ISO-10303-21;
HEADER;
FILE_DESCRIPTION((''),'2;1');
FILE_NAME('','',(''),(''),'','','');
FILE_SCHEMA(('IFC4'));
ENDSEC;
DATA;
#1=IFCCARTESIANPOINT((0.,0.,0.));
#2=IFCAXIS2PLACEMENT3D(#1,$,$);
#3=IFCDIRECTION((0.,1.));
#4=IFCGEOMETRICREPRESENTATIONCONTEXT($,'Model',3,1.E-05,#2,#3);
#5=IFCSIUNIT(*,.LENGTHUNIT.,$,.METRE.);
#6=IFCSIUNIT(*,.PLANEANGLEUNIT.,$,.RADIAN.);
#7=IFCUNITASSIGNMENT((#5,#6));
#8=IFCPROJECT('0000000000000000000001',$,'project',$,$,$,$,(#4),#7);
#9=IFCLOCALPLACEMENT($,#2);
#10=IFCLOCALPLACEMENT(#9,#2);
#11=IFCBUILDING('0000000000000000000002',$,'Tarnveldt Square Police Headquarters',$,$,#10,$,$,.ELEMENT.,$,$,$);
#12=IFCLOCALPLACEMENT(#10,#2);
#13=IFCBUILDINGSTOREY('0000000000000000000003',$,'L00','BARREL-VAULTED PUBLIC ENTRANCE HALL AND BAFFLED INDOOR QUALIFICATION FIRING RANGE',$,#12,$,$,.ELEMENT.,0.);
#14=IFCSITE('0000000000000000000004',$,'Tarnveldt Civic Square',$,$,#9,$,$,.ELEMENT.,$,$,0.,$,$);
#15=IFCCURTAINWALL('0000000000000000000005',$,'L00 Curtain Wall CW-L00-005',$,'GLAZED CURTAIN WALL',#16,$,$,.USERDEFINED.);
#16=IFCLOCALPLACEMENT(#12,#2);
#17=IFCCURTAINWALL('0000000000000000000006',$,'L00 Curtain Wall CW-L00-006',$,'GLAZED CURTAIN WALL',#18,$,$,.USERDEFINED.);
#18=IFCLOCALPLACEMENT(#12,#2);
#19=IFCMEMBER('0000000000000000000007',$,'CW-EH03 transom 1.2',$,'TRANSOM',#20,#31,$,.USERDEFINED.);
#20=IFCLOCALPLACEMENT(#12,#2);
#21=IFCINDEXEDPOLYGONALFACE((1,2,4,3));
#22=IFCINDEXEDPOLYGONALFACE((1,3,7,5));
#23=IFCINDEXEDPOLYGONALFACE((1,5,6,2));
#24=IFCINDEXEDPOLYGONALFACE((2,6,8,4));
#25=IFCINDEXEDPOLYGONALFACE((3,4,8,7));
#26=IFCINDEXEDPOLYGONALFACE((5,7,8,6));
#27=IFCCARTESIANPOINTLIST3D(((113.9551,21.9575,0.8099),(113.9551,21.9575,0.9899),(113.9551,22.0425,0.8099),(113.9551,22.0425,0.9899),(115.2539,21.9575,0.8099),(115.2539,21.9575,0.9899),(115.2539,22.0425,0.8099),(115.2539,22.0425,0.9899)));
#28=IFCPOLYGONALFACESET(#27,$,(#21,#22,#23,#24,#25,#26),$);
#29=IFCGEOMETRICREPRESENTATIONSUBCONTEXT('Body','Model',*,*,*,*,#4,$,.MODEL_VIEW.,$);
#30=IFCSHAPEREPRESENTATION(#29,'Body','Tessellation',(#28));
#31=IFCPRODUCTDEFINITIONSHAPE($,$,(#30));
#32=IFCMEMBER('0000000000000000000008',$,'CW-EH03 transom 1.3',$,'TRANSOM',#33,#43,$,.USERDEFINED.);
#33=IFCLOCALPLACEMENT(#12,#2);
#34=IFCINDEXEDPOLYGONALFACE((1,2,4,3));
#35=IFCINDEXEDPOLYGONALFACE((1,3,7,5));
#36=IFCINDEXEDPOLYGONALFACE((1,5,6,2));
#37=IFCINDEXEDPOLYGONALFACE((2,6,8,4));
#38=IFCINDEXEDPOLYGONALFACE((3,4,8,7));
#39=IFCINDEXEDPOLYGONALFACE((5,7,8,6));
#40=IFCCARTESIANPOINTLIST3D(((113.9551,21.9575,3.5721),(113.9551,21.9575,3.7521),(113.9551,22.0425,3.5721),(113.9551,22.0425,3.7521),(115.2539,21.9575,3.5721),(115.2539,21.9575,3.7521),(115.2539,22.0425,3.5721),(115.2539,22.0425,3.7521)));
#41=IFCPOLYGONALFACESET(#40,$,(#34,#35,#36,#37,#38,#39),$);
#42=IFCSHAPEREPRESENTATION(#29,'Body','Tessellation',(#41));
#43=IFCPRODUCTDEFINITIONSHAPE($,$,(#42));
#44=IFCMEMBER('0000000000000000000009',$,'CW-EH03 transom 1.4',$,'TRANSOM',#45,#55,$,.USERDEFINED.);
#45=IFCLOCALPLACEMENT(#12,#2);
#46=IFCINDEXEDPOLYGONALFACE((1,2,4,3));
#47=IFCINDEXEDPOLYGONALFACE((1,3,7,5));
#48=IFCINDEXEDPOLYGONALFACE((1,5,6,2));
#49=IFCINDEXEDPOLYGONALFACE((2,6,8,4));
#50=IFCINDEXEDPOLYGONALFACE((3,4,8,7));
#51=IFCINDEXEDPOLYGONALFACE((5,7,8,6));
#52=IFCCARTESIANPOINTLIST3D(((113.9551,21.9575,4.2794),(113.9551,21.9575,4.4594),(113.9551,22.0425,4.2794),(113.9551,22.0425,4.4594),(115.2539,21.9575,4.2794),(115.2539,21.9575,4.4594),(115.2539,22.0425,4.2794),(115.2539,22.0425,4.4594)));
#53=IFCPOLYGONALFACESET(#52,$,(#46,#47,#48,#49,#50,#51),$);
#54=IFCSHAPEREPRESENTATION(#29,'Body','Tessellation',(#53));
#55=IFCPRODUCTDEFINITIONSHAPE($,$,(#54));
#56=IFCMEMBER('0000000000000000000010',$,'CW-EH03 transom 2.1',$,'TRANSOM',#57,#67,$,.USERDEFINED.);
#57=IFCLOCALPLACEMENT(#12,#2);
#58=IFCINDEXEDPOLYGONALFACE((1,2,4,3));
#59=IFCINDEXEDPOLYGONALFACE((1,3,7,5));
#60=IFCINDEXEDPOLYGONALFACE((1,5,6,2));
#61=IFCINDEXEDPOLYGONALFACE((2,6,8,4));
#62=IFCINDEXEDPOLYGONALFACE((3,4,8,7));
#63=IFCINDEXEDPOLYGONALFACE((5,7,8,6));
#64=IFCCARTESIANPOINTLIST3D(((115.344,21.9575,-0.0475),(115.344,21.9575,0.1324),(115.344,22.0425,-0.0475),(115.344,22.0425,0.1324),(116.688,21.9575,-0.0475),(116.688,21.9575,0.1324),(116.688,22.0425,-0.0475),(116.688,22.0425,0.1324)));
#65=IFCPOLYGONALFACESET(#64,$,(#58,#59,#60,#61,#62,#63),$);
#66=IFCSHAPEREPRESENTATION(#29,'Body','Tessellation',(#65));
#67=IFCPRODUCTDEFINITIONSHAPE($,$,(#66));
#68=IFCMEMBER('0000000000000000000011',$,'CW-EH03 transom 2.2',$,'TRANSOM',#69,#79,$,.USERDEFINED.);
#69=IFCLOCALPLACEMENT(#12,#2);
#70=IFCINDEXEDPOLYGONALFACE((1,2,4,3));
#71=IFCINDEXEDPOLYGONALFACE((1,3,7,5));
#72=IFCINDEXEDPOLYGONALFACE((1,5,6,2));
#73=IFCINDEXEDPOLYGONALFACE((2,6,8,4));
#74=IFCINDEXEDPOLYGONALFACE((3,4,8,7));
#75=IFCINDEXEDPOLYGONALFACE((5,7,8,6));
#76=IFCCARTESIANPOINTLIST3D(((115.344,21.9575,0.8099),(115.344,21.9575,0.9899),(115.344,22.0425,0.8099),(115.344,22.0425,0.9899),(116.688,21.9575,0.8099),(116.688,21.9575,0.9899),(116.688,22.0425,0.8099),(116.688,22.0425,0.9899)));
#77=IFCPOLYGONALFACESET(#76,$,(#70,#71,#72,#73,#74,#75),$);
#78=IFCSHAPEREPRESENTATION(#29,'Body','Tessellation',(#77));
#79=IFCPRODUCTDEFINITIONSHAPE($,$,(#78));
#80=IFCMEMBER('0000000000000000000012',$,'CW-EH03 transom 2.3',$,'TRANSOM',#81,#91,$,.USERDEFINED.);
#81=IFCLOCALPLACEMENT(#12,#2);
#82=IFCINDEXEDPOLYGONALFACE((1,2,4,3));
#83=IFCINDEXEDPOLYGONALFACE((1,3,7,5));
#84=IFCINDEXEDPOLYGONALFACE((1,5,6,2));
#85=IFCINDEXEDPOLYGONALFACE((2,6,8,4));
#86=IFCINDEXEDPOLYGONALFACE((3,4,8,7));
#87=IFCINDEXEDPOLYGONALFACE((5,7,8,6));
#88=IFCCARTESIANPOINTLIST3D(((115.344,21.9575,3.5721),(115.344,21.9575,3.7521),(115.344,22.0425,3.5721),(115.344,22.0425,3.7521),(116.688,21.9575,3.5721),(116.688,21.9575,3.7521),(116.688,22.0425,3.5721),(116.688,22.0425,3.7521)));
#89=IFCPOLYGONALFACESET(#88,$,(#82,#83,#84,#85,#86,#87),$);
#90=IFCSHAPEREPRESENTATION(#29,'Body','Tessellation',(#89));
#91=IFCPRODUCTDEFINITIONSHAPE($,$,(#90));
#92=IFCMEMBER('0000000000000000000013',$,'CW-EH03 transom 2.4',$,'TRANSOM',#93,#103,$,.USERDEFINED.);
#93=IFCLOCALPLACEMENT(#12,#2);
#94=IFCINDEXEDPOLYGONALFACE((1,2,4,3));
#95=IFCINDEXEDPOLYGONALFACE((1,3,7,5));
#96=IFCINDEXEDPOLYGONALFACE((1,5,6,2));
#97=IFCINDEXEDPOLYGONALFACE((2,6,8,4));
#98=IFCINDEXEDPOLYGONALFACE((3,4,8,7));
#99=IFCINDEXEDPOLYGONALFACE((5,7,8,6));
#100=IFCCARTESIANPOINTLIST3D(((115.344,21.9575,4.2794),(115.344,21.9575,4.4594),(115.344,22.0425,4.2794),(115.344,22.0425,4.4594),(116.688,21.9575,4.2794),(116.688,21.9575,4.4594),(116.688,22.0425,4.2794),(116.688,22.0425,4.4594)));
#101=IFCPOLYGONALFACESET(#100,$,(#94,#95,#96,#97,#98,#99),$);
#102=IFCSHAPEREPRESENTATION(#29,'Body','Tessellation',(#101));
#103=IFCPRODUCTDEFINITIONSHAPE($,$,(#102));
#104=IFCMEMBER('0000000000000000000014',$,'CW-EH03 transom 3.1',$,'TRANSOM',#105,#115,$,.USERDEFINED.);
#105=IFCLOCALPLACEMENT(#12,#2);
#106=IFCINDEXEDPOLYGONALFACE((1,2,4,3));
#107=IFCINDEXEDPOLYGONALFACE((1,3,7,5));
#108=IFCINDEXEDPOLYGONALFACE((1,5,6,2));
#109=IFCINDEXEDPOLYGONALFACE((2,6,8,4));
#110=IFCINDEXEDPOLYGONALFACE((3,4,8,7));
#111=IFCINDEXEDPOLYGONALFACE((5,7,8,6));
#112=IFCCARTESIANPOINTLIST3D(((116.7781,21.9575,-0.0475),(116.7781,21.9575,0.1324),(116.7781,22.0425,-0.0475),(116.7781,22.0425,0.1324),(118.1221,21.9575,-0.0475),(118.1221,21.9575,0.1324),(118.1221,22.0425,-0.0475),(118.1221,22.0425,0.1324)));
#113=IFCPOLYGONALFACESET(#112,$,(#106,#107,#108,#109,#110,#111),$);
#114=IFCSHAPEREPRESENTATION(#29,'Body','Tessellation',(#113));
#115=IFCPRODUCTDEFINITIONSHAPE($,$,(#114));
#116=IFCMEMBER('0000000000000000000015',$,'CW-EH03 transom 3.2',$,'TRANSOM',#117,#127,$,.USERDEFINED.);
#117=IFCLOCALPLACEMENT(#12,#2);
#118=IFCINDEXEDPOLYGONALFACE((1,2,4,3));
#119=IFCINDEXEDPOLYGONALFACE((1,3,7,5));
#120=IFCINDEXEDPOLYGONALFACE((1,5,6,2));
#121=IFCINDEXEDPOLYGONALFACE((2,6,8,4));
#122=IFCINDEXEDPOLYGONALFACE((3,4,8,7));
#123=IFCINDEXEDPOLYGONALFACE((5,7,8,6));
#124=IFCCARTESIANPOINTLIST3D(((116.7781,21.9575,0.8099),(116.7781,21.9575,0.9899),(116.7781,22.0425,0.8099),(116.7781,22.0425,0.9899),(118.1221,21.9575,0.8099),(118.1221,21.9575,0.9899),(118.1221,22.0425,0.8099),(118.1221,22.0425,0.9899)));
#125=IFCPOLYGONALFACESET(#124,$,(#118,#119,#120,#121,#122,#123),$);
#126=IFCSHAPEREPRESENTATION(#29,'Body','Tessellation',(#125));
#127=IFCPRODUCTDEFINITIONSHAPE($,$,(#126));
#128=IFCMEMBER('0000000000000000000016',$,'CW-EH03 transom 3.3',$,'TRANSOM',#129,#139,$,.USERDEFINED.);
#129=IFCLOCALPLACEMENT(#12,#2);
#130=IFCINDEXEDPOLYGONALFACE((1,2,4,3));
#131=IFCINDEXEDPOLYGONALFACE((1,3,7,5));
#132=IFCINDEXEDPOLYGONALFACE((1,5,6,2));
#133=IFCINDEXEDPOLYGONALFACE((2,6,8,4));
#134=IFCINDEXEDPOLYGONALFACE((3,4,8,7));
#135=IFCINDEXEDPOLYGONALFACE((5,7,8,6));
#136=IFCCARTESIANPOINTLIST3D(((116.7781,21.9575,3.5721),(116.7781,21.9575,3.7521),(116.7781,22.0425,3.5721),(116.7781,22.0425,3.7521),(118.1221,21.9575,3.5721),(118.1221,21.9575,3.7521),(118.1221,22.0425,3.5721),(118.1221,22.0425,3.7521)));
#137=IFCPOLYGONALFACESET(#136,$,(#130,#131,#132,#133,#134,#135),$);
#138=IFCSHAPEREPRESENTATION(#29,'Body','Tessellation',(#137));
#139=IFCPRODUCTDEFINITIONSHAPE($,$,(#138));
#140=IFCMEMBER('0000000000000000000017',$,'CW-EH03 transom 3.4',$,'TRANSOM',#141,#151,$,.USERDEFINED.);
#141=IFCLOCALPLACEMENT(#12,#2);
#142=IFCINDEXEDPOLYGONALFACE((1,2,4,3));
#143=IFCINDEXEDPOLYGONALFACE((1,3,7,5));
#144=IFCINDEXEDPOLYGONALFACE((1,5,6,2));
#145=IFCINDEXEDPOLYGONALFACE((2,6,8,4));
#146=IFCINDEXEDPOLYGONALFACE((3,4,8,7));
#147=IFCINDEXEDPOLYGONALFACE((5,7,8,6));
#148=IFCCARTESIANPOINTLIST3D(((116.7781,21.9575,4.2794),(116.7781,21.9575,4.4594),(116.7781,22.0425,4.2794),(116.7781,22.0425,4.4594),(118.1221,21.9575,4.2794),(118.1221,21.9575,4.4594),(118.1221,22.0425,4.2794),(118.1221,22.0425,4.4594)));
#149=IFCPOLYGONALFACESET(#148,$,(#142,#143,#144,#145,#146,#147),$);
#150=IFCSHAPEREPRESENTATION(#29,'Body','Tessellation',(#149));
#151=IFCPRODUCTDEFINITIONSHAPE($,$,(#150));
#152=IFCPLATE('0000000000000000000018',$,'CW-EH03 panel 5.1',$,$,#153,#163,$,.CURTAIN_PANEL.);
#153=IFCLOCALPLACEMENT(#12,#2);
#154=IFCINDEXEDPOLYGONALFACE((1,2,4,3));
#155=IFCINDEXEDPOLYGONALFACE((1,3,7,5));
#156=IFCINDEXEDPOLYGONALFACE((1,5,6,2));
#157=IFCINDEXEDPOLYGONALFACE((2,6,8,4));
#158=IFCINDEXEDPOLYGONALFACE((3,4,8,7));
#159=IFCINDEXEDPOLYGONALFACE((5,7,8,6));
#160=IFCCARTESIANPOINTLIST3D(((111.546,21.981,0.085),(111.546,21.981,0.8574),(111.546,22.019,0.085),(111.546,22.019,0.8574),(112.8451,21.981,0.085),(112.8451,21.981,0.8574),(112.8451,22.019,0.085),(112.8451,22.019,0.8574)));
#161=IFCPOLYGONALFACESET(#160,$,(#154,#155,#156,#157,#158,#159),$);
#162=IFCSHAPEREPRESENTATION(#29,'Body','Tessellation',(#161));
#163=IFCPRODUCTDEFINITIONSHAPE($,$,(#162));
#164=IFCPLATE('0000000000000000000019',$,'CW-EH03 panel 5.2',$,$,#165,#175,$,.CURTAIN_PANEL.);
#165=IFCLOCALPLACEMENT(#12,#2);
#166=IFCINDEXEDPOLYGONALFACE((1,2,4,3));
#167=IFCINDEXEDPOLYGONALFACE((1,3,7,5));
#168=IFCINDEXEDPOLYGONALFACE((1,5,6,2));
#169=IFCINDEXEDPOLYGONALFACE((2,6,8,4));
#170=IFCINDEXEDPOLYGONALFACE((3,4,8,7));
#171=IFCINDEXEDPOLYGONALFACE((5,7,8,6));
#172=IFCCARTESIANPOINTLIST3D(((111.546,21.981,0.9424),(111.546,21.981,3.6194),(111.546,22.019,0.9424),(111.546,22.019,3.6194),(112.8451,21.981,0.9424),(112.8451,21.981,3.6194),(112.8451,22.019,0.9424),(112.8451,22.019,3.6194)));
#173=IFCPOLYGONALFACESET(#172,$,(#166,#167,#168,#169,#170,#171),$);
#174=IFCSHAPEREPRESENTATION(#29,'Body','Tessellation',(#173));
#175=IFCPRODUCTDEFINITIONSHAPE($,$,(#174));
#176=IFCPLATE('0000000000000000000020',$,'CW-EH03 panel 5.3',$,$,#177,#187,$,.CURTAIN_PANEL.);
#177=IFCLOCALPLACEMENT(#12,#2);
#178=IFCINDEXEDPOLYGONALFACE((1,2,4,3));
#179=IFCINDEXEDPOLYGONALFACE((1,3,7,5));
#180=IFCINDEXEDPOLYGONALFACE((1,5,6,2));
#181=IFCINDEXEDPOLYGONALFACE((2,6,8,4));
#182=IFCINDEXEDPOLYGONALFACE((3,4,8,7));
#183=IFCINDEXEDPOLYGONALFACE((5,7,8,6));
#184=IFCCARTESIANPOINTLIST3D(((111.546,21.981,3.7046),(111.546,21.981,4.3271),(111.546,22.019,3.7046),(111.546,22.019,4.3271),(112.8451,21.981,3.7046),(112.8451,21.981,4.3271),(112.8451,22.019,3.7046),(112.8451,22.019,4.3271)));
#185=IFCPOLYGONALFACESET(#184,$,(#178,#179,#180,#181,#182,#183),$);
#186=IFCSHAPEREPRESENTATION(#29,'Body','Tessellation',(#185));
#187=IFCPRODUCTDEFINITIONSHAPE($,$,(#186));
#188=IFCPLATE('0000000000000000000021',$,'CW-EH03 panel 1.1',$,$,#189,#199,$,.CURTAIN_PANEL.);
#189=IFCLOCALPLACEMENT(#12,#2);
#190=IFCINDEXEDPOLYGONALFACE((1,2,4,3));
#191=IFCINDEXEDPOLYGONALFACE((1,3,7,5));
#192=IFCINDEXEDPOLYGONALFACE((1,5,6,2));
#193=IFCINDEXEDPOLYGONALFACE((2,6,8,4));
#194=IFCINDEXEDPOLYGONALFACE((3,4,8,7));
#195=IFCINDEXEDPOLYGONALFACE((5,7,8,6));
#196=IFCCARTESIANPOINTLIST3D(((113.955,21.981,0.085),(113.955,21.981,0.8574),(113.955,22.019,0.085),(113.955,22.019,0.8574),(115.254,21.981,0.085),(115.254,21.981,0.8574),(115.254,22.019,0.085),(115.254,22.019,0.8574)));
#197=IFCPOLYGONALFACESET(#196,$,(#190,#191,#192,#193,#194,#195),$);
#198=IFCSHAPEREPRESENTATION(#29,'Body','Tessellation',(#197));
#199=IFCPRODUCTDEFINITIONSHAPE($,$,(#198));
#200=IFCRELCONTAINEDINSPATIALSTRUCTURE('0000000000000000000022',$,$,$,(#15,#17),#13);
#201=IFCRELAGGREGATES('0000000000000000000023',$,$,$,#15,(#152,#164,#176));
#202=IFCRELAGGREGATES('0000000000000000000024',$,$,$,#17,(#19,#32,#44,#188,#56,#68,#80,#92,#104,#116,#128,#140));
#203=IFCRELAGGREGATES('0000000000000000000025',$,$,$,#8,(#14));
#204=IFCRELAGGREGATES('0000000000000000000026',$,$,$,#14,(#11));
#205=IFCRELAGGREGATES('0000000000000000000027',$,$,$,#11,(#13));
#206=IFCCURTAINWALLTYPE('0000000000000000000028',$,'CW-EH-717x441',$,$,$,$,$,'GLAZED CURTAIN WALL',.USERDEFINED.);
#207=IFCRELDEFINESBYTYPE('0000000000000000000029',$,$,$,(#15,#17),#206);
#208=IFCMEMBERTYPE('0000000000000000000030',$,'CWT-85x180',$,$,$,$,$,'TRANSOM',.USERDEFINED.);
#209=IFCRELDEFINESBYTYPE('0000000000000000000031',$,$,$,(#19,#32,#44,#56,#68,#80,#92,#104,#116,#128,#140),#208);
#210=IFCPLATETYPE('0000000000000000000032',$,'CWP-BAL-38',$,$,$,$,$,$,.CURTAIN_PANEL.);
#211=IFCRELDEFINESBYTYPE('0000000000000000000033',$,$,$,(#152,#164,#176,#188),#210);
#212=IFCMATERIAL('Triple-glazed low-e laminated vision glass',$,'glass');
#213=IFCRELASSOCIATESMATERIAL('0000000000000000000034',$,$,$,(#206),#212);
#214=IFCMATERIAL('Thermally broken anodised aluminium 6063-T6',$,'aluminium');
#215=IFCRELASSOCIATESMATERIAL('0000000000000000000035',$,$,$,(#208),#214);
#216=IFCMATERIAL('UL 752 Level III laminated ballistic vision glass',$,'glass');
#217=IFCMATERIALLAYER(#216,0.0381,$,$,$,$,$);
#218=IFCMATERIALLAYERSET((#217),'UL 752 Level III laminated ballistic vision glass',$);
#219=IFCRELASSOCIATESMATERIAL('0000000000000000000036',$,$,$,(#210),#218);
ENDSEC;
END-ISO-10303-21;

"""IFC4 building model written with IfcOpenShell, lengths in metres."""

from ifc_helpers import new_model, si_unit, direction, frame, origin, origin_2d, place, context, subcontext, project, spatial, rectangle, extrude, material, layer, layer_set, material_profile, profile_set, type_object, element, aggregate, save


model = new_model("IFC4")

# Units and contexts
model_context = context("Model", 3, precision=1e-05, world=origin(), true_north=direction((0.0, 1.0)))
body_context = subcontext(model_context, "Body", "Model", "MODEL_VIEW")
ifc_project = project(units=[si_unit("LENGTHUNIT", "METRE"), si_unit("PLANEANGLEUNIT", "RADIAN")], contexts=[model_context])

# Site, building, storey
site_placement = place(None, origin())
site = spatial("IfcSite", under=ifc_project, at=site_placement, Name="Tarnveldt Civic Square", CompositionType="ELEMENT", RefElevation=0.0)
building_placement = place(site_placement, origin())
building = spatial("IfcBuilding", under=site, at=building_placement, Name="Tarnveldt Square Police Headquarters", CompositionType="ELEMENT")
storey_placement = place(building_placement, origin())
storey = spatial("IfcBuildingStorey", under=building, at=storey_placement, Name="L00", Description="BARREL-VAULTED PUBLIC ENTRANCE HALL AND BAFFLED INDOOR QUALIFICATION FIRING RANGE", CompositionType="ELEMENT", Elevation=0.0)

# Curtain wall
ifc_material_1 = material(Name="Triple-glazed low-e laminated vision glass", Category="glass")
curtain_wall_type = type_object("IfcCurtainWallType", Name="CW-EH-717x441", ElementType="GLAZED CURTAIN WALL", PredefinedType="USERDEFINED", material=ifc_material_1)
curtain_wall_1_placement = place(storey_placement, origin())
curtain_wall_1 = element("IfcCurtainWall", 1, at=curtain_wall_1_placement, inside=storey, type_object=curtain_wall_type, Name="L00 Curtain Wall CW-L00-005", ObjectType="GLAZED CURTAIN WALL", PredefinedType="USERDEFINED")
ifc_material_2 = material(Name="Thermally broken anodised aluminium 6063-T6", Category="aluminium")

# Curtain wall
curtain_wall_2_placement = place(storey_placement, origin())
curtain_wall_2 = element("IfcCurtainWall", 2, at=curtain_wall_2_placement, inside=storey, type_object=curtain_wall_type, Name="L00 Curtain Wall CW-L00-006", ObjectType="GLAZED CURTAIN WALL", PredefinedType="USERDEFINED")

# Members
ifc_material_profile_1 = material_profile(ifc_material_2, rectangle(XDim=0.085, YDim=0.1799, at=origin_2d()), Name="CW-T85x180")
ifc_profile_set_1 = profile_set([ifc_material_profile_1], Name="Thermally broken anodised aluminium 6063-T6")
member_type_1 = type_object("IfcMemberType", Name="CWT-85x180", ElementType="TRANSOM", PredefinedType="USERDEFINED", material=ifc_profile_set_1)
member_1_placement = place(storey_placement, frame((113.9551, 22.0, 0.8999), z_axis=(1.0, 0.0, 0.0), x_axis=(0.0, 1.0, 0.0)))
member_1 = element("IfcMember", 3, at=member_1_placement, type_object=member_type_1, Name="CW-EH03 transom 1.2", ObjectType="TRANSOM", PredefinedType="USERDEFINED", context=body_context, shape_type="SweptSolid", body=[
    extrude(rectangle(XDim=0.085, YDim=0.1799, at=origin_2d()), origin(), (0.0, 0.0, 1.0), 1.2988),
])
member_2_placement = place(storey_placement, frame((113.9551, 22.0, 3.6621), z_axis=(1.0, 0.0, 0.0), x_axis=(0.0, 1.0, 0.0)))
member_2 = element("IfcMember", 4, at=member_2_placement, type_object=member_type_1, Name="CW-EH03 transom 1.3", ObjectType="TRANSOM", PredefinedType="USERDEFINED", context=body_context, shape_type="SweptSolid", body=[
    extrude(rectangle(XDim=0.085, YDim=0.1799, at=origin_2d()), origin(), (0.0, 0.0, 1.0), 1.2988),
])
member_3_placement = place(storey_placement, frame((113.9551, 22.0, 4.3694), z_axis=(1.0, 0.0, 0.0), x_axis=(0.0, 1.0, 0.0)))
member_3 = element("IfcMember", 5, at=member_3_placement, type_object=member_type_1, Name="CW-EH03 transom 1.4", ObjectType="TRANSOM", PredefinedType="USERDEFINED", context=body_context, shape_type="SweptSolid", body=[
    extrude(rectangle(XDim=0.085, YDim=0.1799, at=origin_2d()), origin(), (0.0, 0.0, 1.0), 1.2988),
])
member_4_placement = place(storey_placement, frame((115.344, 22.0, 0.0425), z_axis=(1.0, 0.0, 0.0), x_axis=(0.0, 1.0, 0.0)))
member_4 = element("IfcMember", 6, at=member_4_placement, type_object=member_type_1, Name="CW-EH03 transom 2.1", ObjectType="TRANSOM", PredefinedType="USERDEFINED", context=body_context, shape_type="SweptSolid", body=[
    extrude(rectangle(XDim=0.085, YDim=0.1799, at=origin_2d()), origin(), (0.0, 0.0, 1.0), 1.344),
])
member_5_placement = place(storey_placement, frame((115.344, 22.0, 0.8999), z_axis=(1.0, 0.0, 0.0), x_axis=(0.0, 1.0, 0.0)))
member_5 = element("IfcMember", 7, at=member_5_placement, type_object=member_type_1, Name="CW-EH03 transom 2.2", ObjectType="TRANSOM", PredefinedType="USERDEFINED", context=body_context, shape_type="SweptSolid", body=[
    extrude(rectangle(XDim=0.085, YDim=0.1799, at=origin_2d()), origin(), (0.0, 0.0, 1.0), 1.344),
])
member_6_placement = place(storey_placement, frame((115.344, 22.0, 3.6621), z_axis=(1.0, 0.0, 0.0), x_axis=(0.0, 1.0, 0.0)))
member_6 = element("IfcMember", 8, at=member_6_placement, type_object=member_type_1, Name="CW-EH03 transom 2.3", ObjectType="TRANSOM", PredefinedType="USERDEFINED", context=body_context, shape_type="SweptSolid", body=[
    extrude(rectangle(XDim=0.085, YDim=0.1799, at=origin_2d()), origin(), (0.0, 0.0, 1.0), 1.344),
])
member_7_placement = place(storey_placement, frame((115.344, 22.0, 4.3694), z_axis=(1.0, 0.0, 0.0), x_axis=(0.0, 1.0, 0.0)))
member_7 = element("IfcMember", 9, at=member_7_placement, type_object=member_type_1, Name="CW-EH03 transom 2.4", ObjectType="TRANSOM", PredefinedType="USERDEFINED", context=body_context, shape_type="SweptSolid", body=[
    extrude(rectangle(XDim=0.085, YDim=0.1799, at=origin_2d()), origin(), (0.0, 0.0, 1.0), 1.344),
])
member_8_placement = place(storey_placement, frame((116.7781, 22.0, 0.0425), z_axis=(1.0, 0.0, 0.0), x_axis=(0.0, 1.0, 0.0)))
member_8 = element("IfcMember", 10, at=member_8_placement, type_object=member_type_1, Name="CW-EH03 transom 3.1", ObjectType="TRANSOM", PredefinedType="USERDEFINED", context=body_context, shape_type="SweptSolid", body=[
    extrude(rectangle(XDim=0.085, YDim=0.1799, at=origin_2d()), origin(), (0.0, 0.0, 1.0), 1.344),
])
member_9_placement = place(storey_placement, frame((116.7781, 22.0, 0.8999), z_axis=(1.0, 0.0, 0.0), x_axis=(0.0, 1.0, 0.0)))
member_9 = element("IfcMember", 11, at=member_9_placement, type_object=member_type_1, Name="CW-EH03 transom 3.2", ObjectType="TRANSOM", PredefinedType="USERDEFINED", context=body_context, shape_type="SweptSolid", body=[
    extrude(rectangle(XDim=0.085, YDim=0.1799, at=origin_2d()), origin(), (0.0, 0.0, 1.0), 1.344),
])
member_10_placement = place(storey_placement, frame((116.7781, 22.0, 3.6621), z_axis=(1.0, 0.0, 0.0), x_axis=(0.0, 1.0, 0.0)))
member_10 = element("IfcMember", 12, at=member_10_placement, type_object=member_type_1, Name="CW-EH03 transom 3.3", ObjectType="TRANSOM", PredefinedType="USERDEFINED", context=body_context, shape_type="SweptSolid", body=[
    extrude(rectangle(XDim=0.085, YDim=0.1799, at=origin_2d()), origin(), (0.0, 0.0, 1.0), 1.344),
])
member_11_placement = place(storey_placement, frame((116.7781, 22.0, 4.3694), z_axis=(1.0, 0.0, 0.0), x_axis=(0.0, 1.0, 0.0)))
member_11 = element("IfcMember", 13, at=member_11_placement, type_object=member_type_1, Name="CW-EH03 transom 3.4", ObjectType="TRANSOM", PredefinedType="USERDEFINED", context=body_context, shape_type="SweptSolid", body=[
    extrude(rectangle(XDim=0.085, YDim=0.1799, at=origin_2d()), origin(), (0.0, 0.0, 1.0), 1.344),
])

# Plates
ifc_material_3 = material(Name="UL 752 Level III laminated ballistic vision glass", Category="glass")
ifc_layer = layer(ifc_material_3, 0.0381)
ifc_layer_set = layer_set([ifc_layer], Name="UL 752 Level III laminated ballistic vision glass")
plate_type = type_object("IfcPlateType", Name="CWP-BAL-38", PredefinedType="CURTAIN_PANEL", material=ifc_layer_set)
plate_1_placement = place(storey_placement, frame((112.1956, 22.0, 0.085), z_axis=(0.0, 0.0, 1.0), x_axis=(1.0, 0.0, 0.0)))
plate_1 = element("IfcPlate", 14, at=plate_1_placement, type_object=plate_type, Name="CW-EH03 panel 5.1", PredefinedType="CURTAIN_PANEL", context=body_context, shape_type="SweptSolid", body=[
    extrude(rectangle(XDim=1.2991, YDim=0.0381, at=origin_2d()), origin(), (0.0, 0.0, 1.0), 0.7725),
])
plate_2_placement = place(storey_placement, frame((112.1956, 22.0, 0.9424), z_axis=(0.0, 0.0, 1.0), x_axis=(1.0, 0.0, 0.0)))
plate_2 = element("IfcPlate", 15, at=plate_2_placement, type_object=plate_type, Name="CW-EH03 panel 5.2", PredefinedType="CURTAIN_PANEL", context=body_context, shape_type="SweptSolid", body=[
    extrude(rectangle(XDim=1.2991, YDim=0.0381, at=origin_2d()), origin(), (0.0, 0.0, 1.0), 2.677),
])
plate_3_placement = place(storey_placement, frame((112.1956, 22.0, 3.7046), z_axis=(0.0, 0.0, 1.0), x_axis=(1.0, 0.0, 0.0)))
plate_3 = element("IfcPlate", 16, at=plate_3_placement, type_object=plate_type, Name="CW-EH03 panel 5.3", PredefinedType="CURTAIN_PANEL", context=body_context, shape_type="SweptSolid", body=[
    extrude(rectangle(XDim=1.2991, YDim=0.0381, at=origin_2d()), origin(), (0.0, 0.0, 1.0), 0.6226),
])
aggregate(curtain_wall_1, [plate_1, plate_2, plate_3])
plate_4_placement = place(storey_placement, frame((114.6045, 22.0, 0.085), z_axis=(0.0, 0.0, 1.0), x_axis=(1.0, 0.0, 0.0)))
plate_4 = element("IfcPlate", 17, at=plate_4_placement, type_object=plate_type, Name="CW-EH03 panel 1.1", PredefinedType="CURTAIN_PANEL", context=body_context, shape_type="SweptSolid", body=[
    extrude(rectangle(XDim=1.2991, YDim=0.0381, at=origin_2d()), origin(), (0.0, 0.0, 1.0), 0.7725),
])
aggregate(curtain_wall_2, [member_1, member_2, member_3, plate_4, member_4, member_5, member_6, member_7, member_8, member_9, member_10, member_11])

save(model, "model.ifc")
